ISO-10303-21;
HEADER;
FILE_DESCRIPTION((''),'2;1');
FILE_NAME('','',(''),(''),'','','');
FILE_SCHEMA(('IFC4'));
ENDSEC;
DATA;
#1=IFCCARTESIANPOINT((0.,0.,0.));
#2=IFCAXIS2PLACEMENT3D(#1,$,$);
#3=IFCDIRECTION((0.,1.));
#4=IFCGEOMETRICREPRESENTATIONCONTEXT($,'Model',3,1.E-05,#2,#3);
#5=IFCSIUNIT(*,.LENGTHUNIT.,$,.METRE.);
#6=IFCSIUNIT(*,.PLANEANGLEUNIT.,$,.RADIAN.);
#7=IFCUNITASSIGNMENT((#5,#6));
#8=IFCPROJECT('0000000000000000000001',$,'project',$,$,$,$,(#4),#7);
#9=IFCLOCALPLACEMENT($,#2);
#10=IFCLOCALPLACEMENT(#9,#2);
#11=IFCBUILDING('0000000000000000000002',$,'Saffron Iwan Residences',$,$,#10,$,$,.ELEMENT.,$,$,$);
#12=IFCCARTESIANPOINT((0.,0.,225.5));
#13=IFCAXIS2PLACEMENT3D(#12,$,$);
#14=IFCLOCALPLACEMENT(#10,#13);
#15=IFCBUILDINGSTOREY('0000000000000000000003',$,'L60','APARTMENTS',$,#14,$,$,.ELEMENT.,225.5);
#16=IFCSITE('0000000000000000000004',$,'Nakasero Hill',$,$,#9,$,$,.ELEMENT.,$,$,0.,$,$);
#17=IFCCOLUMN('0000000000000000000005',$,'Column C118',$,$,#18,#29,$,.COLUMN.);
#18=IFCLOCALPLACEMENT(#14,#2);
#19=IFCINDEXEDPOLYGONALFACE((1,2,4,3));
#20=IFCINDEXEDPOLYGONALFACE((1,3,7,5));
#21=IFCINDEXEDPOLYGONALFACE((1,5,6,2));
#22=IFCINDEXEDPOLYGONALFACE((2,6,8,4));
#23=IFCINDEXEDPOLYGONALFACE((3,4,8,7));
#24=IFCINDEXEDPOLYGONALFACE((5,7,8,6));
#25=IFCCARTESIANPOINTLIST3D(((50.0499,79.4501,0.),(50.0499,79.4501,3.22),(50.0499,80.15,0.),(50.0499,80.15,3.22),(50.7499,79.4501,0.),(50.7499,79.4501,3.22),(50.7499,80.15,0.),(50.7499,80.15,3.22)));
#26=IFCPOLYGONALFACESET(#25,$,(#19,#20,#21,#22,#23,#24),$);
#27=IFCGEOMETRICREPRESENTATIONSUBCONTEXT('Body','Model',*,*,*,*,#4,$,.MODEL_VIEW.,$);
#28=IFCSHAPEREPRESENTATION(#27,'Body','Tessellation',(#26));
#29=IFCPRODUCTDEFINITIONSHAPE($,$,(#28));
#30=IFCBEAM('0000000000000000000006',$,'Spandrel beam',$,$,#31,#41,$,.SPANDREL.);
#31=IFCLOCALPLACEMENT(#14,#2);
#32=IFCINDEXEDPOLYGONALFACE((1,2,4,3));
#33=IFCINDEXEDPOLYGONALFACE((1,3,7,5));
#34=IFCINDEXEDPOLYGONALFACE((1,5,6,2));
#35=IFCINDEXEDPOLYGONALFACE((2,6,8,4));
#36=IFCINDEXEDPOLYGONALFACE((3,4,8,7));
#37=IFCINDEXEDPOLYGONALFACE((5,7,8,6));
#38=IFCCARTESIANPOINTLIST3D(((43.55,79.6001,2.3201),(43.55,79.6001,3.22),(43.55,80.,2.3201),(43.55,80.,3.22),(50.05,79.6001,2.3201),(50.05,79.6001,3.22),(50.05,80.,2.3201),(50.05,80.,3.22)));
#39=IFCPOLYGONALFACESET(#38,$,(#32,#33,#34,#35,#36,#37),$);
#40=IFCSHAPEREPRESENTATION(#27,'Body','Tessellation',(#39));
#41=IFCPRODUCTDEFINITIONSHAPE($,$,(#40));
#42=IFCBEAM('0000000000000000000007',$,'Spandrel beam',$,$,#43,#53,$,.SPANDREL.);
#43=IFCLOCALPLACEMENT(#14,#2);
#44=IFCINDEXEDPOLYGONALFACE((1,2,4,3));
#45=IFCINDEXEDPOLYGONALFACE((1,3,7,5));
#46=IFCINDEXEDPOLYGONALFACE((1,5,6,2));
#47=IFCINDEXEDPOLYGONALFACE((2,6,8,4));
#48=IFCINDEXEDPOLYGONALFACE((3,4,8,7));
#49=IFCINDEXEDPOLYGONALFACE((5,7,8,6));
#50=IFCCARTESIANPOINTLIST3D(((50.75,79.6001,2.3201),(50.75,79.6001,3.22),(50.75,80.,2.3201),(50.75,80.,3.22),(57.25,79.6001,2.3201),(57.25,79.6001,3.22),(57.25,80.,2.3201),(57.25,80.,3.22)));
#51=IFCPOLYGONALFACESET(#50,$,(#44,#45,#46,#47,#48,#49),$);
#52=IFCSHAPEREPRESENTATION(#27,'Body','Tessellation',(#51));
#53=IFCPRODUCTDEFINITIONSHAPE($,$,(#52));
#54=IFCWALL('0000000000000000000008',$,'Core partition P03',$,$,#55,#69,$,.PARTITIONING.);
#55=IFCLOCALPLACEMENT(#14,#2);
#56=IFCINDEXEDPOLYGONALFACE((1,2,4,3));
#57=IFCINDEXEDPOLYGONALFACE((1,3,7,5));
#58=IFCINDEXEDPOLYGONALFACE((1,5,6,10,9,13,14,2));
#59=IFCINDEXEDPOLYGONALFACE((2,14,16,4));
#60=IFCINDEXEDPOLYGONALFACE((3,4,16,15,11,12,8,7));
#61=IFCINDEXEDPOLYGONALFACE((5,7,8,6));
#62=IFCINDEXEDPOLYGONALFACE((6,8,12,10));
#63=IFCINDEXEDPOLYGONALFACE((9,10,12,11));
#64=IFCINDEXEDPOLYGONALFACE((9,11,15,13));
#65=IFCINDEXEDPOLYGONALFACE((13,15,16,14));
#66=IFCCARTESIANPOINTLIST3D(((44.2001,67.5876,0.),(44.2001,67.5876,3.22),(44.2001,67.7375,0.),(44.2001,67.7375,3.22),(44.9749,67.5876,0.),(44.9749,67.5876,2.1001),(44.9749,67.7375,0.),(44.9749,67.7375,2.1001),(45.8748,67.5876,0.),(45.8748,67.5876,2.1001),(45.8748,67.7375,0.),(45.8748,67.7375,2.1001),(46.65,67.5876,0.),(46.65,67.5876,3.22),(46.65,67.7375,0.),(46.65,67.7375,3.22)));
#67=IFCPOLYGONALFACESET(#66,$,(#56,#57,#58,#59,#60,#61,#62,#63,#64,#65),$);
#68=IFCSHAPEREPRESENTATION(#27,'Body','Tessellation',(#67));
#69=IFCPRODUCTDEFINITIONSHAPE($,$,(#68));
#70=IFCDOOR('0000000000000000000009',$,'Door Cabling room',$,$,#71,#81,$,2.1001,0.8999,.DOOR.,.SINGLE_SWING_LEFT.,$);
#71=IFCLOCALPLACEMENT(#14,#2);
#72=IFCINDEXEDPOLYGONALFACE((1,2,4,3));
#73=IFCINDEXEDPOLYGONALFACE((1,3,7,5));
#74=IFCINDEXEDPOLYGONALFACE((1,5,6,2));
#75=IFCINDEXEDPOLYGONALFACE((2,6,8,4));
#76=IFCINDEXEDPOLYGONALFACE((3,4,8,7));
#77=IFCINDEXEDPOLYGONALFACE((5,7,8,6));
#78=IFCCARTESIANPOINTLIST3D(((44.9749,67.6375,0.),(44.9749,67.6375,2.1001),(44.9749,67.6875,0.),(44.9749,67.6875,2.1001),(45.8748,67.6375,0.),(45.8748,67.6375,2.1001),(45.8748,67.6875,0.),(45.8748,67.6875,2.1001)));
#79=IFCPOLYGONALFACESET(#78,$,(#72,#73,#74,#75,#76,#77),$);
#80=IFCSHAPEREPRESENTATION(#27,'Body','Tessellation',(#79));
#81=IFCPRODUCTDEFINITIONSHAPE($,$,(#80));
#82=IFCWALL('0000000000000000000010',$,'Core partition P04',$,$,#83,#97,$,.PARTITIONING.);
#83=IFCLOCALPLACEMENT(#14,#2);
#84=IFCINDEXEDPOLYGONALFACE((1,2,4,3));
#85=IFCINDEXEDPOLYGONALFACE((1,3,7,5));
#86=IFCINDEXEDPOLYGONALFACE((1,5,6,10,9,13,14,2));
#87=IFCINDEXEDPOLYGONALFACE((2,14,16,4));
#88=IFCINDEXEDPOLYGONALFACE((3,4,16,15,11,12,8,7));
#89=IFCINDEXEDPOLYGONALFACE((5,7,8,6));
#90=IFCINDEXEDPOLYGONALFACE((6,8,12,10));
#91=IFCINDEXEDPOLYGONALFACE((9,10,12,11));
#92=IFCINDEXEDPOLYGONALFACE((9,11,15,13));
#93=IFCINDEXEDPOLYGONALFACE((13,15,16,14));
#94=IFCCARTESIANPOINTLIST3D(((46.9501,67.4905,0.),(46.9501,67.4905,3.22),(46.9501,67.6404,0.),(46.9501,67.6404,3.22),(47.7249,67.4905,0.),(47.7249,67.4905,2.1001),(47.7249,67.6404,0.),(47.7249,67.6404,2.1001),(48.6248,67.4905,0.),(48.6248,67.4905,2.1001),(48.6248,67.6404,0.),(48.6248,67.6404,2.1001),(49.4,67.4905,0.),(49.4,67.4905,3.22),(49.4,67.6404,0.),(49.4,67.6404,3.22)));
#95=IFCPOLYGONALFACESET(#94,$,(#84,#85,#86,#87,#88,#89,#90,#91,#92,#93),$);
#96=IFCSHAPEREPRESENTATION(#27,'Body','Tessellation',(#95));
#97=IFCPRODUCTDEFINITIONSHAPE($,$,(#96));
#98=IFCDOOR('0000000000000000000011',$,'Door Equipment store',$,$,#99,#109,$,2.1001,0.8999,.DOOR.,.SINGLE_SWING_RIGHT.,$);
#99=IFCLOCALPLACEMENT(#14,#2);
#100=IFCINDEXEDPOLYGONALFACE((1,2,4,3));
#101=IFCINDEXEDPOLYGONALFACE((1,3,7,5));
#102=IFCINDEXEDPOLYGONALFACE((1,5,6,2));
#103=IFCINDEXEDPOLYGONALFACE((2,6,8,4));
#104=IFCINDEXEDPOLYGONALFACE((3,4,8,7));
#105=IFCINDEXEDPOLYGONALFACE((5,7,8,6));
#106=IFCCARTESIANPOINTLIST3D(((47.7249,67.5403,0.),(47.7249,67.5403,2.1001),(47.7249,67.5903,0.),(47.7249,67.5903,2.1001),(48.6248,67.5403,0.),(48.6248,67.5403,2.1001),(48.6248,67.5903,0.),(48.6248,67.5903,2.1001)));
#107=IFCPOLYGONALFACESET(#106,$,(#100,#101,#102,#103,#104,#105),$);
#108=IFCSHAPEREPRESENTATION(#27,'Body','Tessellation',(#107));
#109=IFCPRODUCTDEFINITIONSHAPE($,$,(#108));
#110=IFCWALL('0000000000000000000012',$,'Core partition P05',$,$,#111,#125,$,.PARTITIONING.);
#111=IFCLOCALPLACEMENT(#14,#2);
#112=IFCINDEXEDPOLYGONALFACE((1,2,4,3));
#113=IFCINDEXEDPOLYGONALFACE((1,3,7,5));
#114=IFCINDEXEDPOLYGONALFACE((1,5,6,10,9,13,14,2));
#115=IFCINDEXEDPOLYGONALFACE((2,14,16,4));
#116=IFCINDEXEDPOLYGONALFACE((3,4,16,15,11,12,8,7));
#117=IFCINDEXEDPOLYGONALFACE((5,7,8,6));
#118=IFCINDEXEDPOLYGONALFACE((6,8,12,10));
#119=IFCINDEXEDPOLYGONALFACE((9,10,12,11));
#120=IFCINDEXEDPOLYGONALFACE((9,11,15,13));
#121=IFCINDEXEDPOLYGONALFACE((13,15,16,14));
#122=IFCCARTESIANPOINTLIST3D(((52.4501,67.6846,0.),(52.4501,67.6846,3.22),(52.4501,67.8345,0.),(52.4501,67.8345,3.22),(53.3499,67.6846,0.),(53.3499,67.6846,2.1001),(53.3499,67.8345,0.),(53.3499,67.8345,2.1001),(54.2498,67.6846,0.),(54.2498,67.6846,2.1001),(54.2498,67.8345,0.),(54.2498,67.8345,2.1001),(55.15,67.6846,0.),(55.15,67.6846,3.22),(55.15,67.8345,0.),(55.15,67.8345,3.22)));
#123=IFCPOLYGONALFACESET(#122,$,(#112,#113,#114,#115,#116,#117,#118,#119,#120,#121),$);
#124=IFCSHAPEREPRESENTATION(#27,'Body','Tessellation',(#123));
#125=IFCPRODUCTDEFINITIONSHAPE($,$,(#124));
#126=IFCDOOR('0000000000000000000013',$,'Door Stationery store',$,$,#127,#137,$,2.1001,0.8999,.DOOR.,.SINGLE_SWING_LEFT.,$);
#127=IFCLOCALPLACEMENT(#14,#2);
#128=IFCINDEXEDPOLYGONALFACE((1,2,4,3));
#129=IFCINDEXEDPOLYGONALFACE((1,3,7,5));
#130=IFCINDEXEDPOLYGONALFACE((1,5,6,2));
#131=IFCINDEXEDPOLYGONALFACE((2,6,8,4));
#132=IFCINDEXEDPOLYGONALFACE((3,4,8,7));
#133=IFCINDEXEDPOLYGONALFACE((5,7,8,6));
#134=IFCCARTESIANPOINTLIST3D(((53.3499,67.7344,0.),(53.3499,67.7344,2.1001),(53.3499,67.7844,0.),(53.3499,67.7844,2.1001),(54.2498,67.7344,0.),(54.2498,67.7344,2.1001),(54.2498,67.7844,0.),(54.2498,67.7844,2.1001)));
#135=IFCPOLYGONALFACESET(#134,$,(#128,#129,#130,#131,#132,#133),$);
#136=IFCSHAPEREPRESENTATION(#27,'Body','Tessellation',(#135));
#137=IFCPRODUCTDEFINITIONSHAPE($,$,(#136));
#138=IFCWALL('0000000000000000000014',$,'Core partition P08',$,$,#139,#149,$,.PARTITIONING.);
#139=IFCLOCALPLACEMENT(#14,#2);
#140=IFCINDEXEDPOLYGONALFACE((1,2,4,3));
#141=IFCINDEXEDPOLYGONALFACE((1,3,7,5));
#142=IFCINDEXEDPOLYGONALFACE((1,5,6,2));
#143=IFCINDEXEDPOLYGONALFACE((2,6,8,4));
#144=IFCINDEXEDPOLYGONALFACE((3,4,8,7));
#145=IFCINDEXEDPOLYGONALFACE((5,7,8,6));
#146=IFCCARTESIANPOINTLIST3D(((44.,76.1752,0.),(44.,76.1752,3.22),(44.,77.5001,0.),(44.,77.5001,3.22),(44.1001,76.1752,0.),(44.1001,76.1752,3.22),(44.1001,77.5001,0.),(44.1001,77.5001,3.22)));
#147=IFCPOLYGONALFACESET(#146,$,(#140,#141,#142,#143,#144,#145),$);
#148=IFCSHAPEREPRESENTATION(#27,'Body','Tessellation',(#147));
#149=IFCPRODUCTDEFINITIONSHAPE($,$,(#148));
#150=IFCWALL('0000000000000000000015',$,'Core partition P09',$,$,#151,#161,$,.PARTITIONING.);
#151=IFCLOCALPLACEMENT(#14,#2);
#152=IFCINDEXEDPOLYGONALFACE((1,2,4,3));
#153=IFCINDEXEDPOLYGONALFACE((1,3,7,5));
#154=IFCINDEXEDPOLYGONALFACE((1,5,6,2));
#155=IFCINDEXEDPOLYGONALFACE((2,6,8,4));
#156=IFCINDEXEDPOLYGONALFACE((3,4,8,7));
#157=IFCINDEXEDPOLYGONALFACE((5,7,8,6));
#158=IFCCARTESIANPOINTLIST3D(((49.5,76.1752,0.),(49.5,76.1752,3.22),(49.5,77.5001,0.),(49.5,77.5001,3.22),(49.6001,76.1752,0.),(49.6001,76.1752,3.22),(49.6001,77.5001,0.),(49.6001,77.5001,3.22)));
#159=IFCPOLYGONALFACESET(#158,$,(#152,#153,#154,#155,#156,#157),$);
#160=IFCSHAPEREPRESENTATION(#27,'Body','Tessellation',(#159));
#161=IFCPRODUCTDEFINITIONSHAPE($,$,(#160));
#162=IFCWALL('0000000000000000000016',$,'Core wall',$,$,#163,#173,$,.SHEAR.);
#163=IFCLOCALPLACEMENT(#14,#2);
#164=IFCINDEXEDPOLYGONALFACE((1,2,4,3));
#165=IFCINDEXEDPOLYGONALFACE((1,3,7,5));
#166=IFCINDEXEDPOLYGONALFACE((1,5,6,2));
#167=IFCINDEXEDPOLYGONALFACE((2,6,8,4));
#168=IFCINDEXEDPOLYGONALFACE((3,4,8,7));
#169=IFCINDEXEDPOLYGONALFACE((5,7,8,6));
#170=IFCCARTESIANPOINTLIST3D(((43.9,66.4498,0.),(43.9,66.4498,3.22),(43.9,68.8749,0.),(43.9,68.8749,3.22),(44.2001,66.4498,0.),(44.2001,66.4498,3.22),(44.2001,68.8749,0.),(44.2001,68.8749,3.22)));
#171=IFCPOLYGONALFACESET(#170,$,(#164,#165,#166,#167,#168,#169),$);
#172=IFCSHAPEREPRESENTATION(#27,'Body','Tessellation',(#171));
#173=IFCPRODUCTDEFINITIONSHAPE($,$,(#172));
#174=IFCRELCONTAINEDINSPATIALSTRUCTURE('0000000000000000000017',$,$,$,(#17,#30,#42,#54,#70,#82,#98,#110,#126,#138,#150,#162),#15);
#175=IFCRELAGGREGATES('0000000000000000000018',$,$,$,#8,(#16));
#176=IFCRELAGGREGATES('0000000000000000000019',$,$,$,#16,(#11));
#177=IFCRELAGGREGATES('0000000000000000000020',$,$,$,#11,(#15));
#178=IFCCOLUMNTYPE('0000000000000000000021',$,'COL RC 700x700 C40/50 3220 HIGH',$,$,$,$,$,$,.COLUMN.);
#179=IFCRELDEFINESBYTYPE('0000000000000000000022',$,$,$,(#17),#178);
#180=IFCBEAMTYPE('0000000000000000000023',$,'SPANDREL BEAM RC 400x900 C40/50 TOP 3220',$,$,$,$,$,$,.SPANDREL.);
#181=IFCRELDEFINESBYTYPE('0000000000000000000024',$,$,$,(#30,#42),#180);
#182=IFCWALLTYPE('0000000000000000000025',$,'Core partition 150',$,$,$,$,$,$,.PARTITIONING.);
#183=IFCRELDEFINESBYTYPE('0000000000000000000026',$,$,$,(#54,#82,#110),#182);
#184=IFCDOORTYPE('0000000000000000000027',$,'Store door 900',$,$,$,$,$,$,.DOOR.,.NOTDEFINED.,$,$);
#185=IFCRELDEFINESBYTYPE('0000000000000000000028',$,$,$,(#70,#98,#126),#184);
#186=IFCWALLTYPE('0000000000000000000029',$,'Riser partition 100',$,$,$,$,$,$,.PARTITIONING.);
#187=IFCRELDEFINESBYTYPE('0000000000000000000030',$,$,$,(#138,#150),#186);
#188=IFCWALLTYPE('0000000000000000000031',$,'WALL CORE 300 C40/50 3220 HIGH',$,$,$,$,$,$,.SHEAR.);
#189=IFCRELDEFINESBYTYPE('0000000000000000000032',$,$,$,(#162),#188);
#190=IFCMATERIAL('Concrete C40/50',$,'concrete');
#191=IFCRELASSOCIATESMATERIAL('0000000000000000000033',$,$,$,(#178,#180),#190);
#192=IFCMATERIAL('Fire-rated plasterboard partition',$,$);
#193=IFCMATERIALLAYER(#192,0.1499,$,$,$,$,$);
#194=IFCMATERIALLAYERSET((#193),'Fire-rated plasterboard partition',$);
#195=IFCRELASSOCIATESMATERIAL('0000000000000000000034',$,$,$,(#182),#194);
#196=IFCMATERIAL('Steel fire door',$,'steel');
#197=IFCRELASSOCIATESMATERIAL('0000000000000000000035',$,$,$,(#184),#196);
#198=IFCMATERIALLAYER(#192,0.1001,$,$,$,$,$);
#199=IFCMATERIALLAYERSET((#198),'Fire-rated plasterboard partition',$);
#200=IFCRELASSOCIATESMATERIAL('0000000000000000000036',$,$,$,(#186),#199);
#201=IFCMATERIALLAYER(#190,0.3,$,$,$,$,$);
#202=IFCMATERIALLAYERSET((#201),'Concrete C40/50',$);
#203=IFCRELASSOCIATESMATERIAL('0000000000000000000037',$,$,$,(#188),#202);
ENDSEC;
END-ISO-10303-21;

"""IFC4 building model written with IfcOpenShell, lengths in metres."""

from ifc_helpers import new_model, si_unit, direction, frame, frame_2d, origin, origin_2d, place, context, subcontext, project, spatial, rectangle, extrude, source, transform, mapped, material, layer, layer_set, material_profile, profile_set, type_object, element, fill, save


model = new_model("IFC4")

# Units and contexts
model_context = context("Model", 3, precision=1e-05, world=origin(), true_north=direction((0.0, 1.0)))
body_context = subcontext(model_context, "Body", "Model", "MODEL_VIEW")
ifc_project = project(units=[si_unit("LENGTHUNIT", "METRE"), si_unit("PLANEANGLEUNIT", "RADIAN")], contexts=[model_context])

# Site, building, storey
site_placement = place(None, origin())
site = spatial("IfcSite", under=ifc_project, at=site_placement, Name="Nakasero Hill", CompositionType="ELEMENT", RefElevation=0.0)
building_placement = place(site_placement, origin())
building = spatial("IfcBuilding", under=site, at=building_placement, Name="Saffron Iwan Residences", CompositionType="ELEMENT")
storey_placement = place(building_placement, frame((0.0, 0.0, 225.5)))
storey = spatial("IfcBuildingStorey", under=building, at=storey_placement, Name="L60", Description="APARTMENTS", CompositionType="ELEMENT", Elevation=225.5)

# Column
ifc_material_1 = material(Name="Concrete C40/50", Category="concrete")
ifc_material_profile_1 = material_profile(ifc_material_1, rectangle(XDim=0.7, YDim=0.7, at=origin_2d()), Name="RC 700x700")
ifc_profile_set_1 = profile_set([ifc_material_profile_1], Name="Concrete C40/50")
column_type = type_object("IfcColumnType", Name="COL RC 700x700 C40/50 3220 HIGH", PredefinedType="COLUMN", material=ifc_profile_set_1)
shared_shape_1 = source(origin(), body_context, "Body", "SweptSolid", [
    extrude(rectangle(XDim=0.7, YDim=0.7, at=origin_2d()), origin(), (0.0, 0.0, 1.0), 3.22),
])
column_placement = place(storey_placement, frame((50.3999, 79.8, 0.0), z_axis=(0.0, 0.0, 1.0), x_axis=(1.0, 0.0, 0.0)))
element("IfcColumn", 1, at=column_placement, inside=storey, type_object=column_type, Name="Column C118", PredefinedType="COLUMN", context=body_context, shape_type="MappedRepresentation", body=[
    mapped(shared_shape_1, transform((0.0, 0.0, 0.0))),
])

# Beams
ifc_material_profile_2 = material_profile(ifc_material_1, rectangle(XDim=0.3999, YDim=0.8999, at=origin_2d()), Name="RC 400x900")
ifc_profile_set_2 = profile_set([ifc_material_profile_2], Name="Concrete C40/50")
beam_type = type_object("IfcBeamType", Name="SPANDREL BEAM RC 400x900 C40/50 TOP 3220", PredefinedType="SPANDREL", material=ifc_profile_set_2)
shared_shape_2 = source(origin(), body_context, "Body", "SweptSolid", [
    extrude(rectangle(XDim=0.3999, YDim=0.8999, at=origin_2d()), origin(), (0.0, 0.0, 1.0), 6.5),
])
for number, where, z_axis, x_axis, name in (
    (2, (43.55, 79.8, 2.77), (1.0, 0.0, 0.0), (0.0, 1.0, 0.0), "Spandrel beam"),
    (3, (50.75, 79.8, 2.77), (1.0, 0.0, 0.0), (0.0, 1.0, 0.0), "Spandrel beam"),
):
    element("IfcBeam", number, at=place(storey_placement, frame(where, z_axis=z_axis, x_axis=x_axis)), inside=storey, type_object=beam_type, Name=name, PredefinedType="SPANDREL", context=body_context, shape_type="MappedRepresentation", body=[
        mapped(shared_shape_2, transform((0.0, 0.0, 0.0))),
    ])

# Walls, openings, doors
ifc_material_2 = material(Name="Fire-rated plasterboard partition")
ifc_layer_1 = layer(ifc_material_2, 0.1499)
ifc_layer_set_1 = layer_set([ifc_layer_1], Name="Fire-rated plasterboard partition")
wall_type_1 = type_object("IfcWallType", Name="Core partition 150", PredefinedType="PARTITIONING", material=ifc_layer_set_1)
wall_1_placement = place(storey_placement, frame((44.2, 67.6626, 0.0), z_axis=(0.0, 0.0, 1.0), x_axis=(1.0, 0.0, 0.0)))
wall_1 = element("IfcWall", 4, at=wall_1_placement, inside=storey, type_object=wall_type_1, Name="Core partition P03", PredefinedType="PARTITIONING", context=body_context, shape_type="SweptSolid", body=[
    extrude(rectangle(XDim=2.45, YDim=0.1499, at=frame_2d((1.2251, 0.0))), origin(), (0.0, 0.0, 1.0), 3.22),
])
opening_1_placement = place(wall_1_placement, frame((0.7749, 0.0, 0.0)))
opening_1 = element("IfcOpeningElement", 5, at=opening_1_placement, cuts=wall_1, PredefinedType="OPENING", context=body_context, shape_type="SweptSolid", body=[
    extrude(rectangle(XDim=0.8999, YDim=2.1001, at=frame_2d((0.45, 1.05))), frame((0.0, 0.085, 0.0), z_axis=(0.0, -1.0, 0.0), x_axis=(1.0, 0.0, 0.0)), (0.0, 0.0, 1.0), 0.1699),
])
ifc_material_3 = material(Name="Steel fire door", Category="steel")
door_type = type_object("IfcDoorType", Name="Store door 900", OperationType="NOTDEFINED", PredefinedType="DOOR", material=ifc_material_3)
door_1_placement = place(opening_1_placement, origin())
door_1 = element("IfcDoor", 6, at=door_1_placement, inside=storey, type_object=door_type, Name="Door Cabling room", OperationType="SINGLE_SWING_LEFT", OverallHeight=2.1001, OverallWidth=0.8999, PredefinedType="DOOR", context=body_context, shape_type="SweptSolid", body=[
    extrude(rectangle(XDim=0.8999, YDim=2.1001, at=frame_2d((0.45, 1.05))), frame((0.0, 0.0249, 0.0), z_axis=(0.0, -1.0, 0.0), x_axis=(1.0, 0.0, 0.0)), (0.0, 0.0, 1.0), 0.05),
])
fill(opening_1, door_1)
wall_2_placement = place(storey_placement, frame((46.95, 67.5654, 0.0), z_axis=(0.0, 0.0, 1.0), x_axis=(1.0, 0.0, 0.0)))
wall_2 = element("IfcWall", 7, at=wall_2_placement, inside=storey, type_object=wall_type_1, Name="Core partition P04", PredefinedType="PARTITIONING", context=body_context, shape_type="SweptSolid", body=[
    extrude(rectangle(XDim=2.45, YDim=0.1499, at=frame_2d((1.2251, 0.0))), origin(), (0.0, 0.0, 1.0), 3.22),
])
opening_2_placement = place(wall_2_placement, frame((0.7749, 0.0, 0.0)))
opening_2 = element("IfcOpeningElement", 8, at=opening_2_placement, cuts=wall_2, PredefinedType="OPENING", context=body_context, shape_type="SweptSolid", body=[
    extrude(rectangle(XDim=0.8999, YDim=2.1001, at=frame_2d((0.45, 1.05))), frame((0.0, 0.085, 0.0), z_axis=(0.0, -1.0, 0.0), x_axis=(1.0, 0.0, 0.0)), (0.0, 0.0, 1.0), 0.1699),
])
door_2_placement = place(opening_2_placement, origin())
door_2 = element("IfcDoor", 9, at=door_2_placement, inside=storey, type_object=door_type, Name="Door Equipment store", OperationType="SINGLE_SWING_RIGHT", OverallHeight=2.1001, OverallWidth=0.8999, PredefinedType="DOOR", context=body_context, shape_type="SweptSolid", body=[
    extrude(rectangle(XDim=0.8999, YDim=2.1001, at=frame_2d((0.45, 1.05))), frame((0.0, 0.0249, 0.0), z_axis=(0.0, -1.0, 0.0), x_axis=(1.0, 0.0, 0.0)), (0.0, 0.0, 1.0), 0.05),
])
fill(opening_2, door_2)
wall_3_placement = place(storey_placement, frame((52.45, 67.7595, 0.0), z_axis=(0.0, 0.0, 1.0), x_axis=(1.0, 0.0, 0.0)))
wall_3 = element("IfcWall", 10, at=wall_3_placement, inside=storey, type_object=wall_type_1, Name="Core partition P05", PredefinedType="PARTITIONING", context=body_context, shape_type="SweptSolid", body=[
    extrude(rectangle(XDim=2.7, YDim=0.1499, at=frame_2d((1.3501, 0.0))), origin(), (0.0, 0.0, 1.0), 3.22),
])
opening_3_placement = place(wall_3_placement, frame((0.8999, 0.0, 0.0)))
opening_3 = element("IfcOpeningElement", 11, at=opening_3_placement, cuts=wall_3, PredefinedType="OPENING", context=body_context, shape_type="SweptSolid", body=[
    extrude(rectangle(XDim=0.8999, YDim=2.1001, at=frame_2d((0.45, 1.05))), frame((0.0, 0.085, 0.0), z_axis=(0.0, -1.0, 0.0), x_axis=(1.0, 0.0, 0.0)), (0.0, 0.0, 1.0), 0.1699),
])
door_3_placement = place(opening_3_placement, origin())
door_3 = element("IfcDoor", 12, at=door_3_placement, inside=storey, type_object=door_type, Name="Door Stationery store", OperationType="SINGLE_SWING_LEFT", OverallHeight=2.1001, OverallWidth=0.8999, PredefinedType="DOOR", context=body_context, shape_type="SweptSolid", body=[
    extrude(rectangle(XDim=0.8999, YDim=2.1001, at=frame_2d((0.45, 1.05))), frame((0.0, 0.0249, 0.0), z_axis=(0.0, -1.0, 0.0), x_axis=(1.0, 0.0, 0.0)), (0.0, 0.0, 1.0), 0.05),
])
fill(opening_3, door_3)

# Walls
ifc_layer_2 = layer(ifc_material_2, 0.1001)
ifc_layer_set_2 = layer_set([ifc_layer_2], Name="Fire-rated plasterboard partition")
wall_type_2 = type_object("IfcWallType", Name="Riser partition 100", PredefinedType="PARTITIONING", material=ifc_layer_set_2)
for number, where, z_axis, x_axis, name in (
    (13, (44.05, 76.175, 0.0), (0.0, 0.0, 1.0), (0.0, 1.0, 0.0), "Core partition P08"),
    (14, (49.55, 76.175, 0.0), (0.0, 0.0, 1.0), (0.0, 1.0, 0.0), "Core partition P09"),
):
    element("IfcWall", number, at=place(storey_placement, frame(where, z_axis=z_axis, x_axis=x_axis)), inside=storey, type_object=wall_type_2, Name=name, PredefinedType="PARTITIONING", context=body_context, shape_type="SweptSolid", body=[
        extrude(rectangle(XDim=1.325, YDim=0.1001, at=frame_2d((0.6626, 0.0))), origin(), (0.0, 0.0, 1.0), 3.22),
    ])
ifc_layer_3 = layer(ifc_material_1, 0.3)
ifc_layer_set_3 = layer_set([ifc_layer_3], Name="Concrete C40/50")
wall_type_3 = type_object("IfcWallType", Name="WALL CORE 300 C40/50 3220 HIGH", PredefinedType="SHEAR", material=ifc_layer_set_3)
for number, where, z_axis, x_axis, name in (
    (15, (44.05, 66.45, 0.0), (0.0, 0.0, 1.0), (0.0, 1.0, 0.0), "Core wall"),
):
    element("IfcWall", number, at=place(storey_placement, frame(where, z_axis=z_axis, x_axis=x_axis)), inside=storey, type_object=wall_type_3, Name=name, PredefinedType="SHEAR", context=body_context, shape_type="SweptSolid", body=[
        extrude(rectangle(XDim=2.425, YDim=0.3, at=frame_2d((1.2124, 0.0))), origin(), (0.0, 0.0, 1.0), 3.22),
    ])

save(model, "model.ifc")
